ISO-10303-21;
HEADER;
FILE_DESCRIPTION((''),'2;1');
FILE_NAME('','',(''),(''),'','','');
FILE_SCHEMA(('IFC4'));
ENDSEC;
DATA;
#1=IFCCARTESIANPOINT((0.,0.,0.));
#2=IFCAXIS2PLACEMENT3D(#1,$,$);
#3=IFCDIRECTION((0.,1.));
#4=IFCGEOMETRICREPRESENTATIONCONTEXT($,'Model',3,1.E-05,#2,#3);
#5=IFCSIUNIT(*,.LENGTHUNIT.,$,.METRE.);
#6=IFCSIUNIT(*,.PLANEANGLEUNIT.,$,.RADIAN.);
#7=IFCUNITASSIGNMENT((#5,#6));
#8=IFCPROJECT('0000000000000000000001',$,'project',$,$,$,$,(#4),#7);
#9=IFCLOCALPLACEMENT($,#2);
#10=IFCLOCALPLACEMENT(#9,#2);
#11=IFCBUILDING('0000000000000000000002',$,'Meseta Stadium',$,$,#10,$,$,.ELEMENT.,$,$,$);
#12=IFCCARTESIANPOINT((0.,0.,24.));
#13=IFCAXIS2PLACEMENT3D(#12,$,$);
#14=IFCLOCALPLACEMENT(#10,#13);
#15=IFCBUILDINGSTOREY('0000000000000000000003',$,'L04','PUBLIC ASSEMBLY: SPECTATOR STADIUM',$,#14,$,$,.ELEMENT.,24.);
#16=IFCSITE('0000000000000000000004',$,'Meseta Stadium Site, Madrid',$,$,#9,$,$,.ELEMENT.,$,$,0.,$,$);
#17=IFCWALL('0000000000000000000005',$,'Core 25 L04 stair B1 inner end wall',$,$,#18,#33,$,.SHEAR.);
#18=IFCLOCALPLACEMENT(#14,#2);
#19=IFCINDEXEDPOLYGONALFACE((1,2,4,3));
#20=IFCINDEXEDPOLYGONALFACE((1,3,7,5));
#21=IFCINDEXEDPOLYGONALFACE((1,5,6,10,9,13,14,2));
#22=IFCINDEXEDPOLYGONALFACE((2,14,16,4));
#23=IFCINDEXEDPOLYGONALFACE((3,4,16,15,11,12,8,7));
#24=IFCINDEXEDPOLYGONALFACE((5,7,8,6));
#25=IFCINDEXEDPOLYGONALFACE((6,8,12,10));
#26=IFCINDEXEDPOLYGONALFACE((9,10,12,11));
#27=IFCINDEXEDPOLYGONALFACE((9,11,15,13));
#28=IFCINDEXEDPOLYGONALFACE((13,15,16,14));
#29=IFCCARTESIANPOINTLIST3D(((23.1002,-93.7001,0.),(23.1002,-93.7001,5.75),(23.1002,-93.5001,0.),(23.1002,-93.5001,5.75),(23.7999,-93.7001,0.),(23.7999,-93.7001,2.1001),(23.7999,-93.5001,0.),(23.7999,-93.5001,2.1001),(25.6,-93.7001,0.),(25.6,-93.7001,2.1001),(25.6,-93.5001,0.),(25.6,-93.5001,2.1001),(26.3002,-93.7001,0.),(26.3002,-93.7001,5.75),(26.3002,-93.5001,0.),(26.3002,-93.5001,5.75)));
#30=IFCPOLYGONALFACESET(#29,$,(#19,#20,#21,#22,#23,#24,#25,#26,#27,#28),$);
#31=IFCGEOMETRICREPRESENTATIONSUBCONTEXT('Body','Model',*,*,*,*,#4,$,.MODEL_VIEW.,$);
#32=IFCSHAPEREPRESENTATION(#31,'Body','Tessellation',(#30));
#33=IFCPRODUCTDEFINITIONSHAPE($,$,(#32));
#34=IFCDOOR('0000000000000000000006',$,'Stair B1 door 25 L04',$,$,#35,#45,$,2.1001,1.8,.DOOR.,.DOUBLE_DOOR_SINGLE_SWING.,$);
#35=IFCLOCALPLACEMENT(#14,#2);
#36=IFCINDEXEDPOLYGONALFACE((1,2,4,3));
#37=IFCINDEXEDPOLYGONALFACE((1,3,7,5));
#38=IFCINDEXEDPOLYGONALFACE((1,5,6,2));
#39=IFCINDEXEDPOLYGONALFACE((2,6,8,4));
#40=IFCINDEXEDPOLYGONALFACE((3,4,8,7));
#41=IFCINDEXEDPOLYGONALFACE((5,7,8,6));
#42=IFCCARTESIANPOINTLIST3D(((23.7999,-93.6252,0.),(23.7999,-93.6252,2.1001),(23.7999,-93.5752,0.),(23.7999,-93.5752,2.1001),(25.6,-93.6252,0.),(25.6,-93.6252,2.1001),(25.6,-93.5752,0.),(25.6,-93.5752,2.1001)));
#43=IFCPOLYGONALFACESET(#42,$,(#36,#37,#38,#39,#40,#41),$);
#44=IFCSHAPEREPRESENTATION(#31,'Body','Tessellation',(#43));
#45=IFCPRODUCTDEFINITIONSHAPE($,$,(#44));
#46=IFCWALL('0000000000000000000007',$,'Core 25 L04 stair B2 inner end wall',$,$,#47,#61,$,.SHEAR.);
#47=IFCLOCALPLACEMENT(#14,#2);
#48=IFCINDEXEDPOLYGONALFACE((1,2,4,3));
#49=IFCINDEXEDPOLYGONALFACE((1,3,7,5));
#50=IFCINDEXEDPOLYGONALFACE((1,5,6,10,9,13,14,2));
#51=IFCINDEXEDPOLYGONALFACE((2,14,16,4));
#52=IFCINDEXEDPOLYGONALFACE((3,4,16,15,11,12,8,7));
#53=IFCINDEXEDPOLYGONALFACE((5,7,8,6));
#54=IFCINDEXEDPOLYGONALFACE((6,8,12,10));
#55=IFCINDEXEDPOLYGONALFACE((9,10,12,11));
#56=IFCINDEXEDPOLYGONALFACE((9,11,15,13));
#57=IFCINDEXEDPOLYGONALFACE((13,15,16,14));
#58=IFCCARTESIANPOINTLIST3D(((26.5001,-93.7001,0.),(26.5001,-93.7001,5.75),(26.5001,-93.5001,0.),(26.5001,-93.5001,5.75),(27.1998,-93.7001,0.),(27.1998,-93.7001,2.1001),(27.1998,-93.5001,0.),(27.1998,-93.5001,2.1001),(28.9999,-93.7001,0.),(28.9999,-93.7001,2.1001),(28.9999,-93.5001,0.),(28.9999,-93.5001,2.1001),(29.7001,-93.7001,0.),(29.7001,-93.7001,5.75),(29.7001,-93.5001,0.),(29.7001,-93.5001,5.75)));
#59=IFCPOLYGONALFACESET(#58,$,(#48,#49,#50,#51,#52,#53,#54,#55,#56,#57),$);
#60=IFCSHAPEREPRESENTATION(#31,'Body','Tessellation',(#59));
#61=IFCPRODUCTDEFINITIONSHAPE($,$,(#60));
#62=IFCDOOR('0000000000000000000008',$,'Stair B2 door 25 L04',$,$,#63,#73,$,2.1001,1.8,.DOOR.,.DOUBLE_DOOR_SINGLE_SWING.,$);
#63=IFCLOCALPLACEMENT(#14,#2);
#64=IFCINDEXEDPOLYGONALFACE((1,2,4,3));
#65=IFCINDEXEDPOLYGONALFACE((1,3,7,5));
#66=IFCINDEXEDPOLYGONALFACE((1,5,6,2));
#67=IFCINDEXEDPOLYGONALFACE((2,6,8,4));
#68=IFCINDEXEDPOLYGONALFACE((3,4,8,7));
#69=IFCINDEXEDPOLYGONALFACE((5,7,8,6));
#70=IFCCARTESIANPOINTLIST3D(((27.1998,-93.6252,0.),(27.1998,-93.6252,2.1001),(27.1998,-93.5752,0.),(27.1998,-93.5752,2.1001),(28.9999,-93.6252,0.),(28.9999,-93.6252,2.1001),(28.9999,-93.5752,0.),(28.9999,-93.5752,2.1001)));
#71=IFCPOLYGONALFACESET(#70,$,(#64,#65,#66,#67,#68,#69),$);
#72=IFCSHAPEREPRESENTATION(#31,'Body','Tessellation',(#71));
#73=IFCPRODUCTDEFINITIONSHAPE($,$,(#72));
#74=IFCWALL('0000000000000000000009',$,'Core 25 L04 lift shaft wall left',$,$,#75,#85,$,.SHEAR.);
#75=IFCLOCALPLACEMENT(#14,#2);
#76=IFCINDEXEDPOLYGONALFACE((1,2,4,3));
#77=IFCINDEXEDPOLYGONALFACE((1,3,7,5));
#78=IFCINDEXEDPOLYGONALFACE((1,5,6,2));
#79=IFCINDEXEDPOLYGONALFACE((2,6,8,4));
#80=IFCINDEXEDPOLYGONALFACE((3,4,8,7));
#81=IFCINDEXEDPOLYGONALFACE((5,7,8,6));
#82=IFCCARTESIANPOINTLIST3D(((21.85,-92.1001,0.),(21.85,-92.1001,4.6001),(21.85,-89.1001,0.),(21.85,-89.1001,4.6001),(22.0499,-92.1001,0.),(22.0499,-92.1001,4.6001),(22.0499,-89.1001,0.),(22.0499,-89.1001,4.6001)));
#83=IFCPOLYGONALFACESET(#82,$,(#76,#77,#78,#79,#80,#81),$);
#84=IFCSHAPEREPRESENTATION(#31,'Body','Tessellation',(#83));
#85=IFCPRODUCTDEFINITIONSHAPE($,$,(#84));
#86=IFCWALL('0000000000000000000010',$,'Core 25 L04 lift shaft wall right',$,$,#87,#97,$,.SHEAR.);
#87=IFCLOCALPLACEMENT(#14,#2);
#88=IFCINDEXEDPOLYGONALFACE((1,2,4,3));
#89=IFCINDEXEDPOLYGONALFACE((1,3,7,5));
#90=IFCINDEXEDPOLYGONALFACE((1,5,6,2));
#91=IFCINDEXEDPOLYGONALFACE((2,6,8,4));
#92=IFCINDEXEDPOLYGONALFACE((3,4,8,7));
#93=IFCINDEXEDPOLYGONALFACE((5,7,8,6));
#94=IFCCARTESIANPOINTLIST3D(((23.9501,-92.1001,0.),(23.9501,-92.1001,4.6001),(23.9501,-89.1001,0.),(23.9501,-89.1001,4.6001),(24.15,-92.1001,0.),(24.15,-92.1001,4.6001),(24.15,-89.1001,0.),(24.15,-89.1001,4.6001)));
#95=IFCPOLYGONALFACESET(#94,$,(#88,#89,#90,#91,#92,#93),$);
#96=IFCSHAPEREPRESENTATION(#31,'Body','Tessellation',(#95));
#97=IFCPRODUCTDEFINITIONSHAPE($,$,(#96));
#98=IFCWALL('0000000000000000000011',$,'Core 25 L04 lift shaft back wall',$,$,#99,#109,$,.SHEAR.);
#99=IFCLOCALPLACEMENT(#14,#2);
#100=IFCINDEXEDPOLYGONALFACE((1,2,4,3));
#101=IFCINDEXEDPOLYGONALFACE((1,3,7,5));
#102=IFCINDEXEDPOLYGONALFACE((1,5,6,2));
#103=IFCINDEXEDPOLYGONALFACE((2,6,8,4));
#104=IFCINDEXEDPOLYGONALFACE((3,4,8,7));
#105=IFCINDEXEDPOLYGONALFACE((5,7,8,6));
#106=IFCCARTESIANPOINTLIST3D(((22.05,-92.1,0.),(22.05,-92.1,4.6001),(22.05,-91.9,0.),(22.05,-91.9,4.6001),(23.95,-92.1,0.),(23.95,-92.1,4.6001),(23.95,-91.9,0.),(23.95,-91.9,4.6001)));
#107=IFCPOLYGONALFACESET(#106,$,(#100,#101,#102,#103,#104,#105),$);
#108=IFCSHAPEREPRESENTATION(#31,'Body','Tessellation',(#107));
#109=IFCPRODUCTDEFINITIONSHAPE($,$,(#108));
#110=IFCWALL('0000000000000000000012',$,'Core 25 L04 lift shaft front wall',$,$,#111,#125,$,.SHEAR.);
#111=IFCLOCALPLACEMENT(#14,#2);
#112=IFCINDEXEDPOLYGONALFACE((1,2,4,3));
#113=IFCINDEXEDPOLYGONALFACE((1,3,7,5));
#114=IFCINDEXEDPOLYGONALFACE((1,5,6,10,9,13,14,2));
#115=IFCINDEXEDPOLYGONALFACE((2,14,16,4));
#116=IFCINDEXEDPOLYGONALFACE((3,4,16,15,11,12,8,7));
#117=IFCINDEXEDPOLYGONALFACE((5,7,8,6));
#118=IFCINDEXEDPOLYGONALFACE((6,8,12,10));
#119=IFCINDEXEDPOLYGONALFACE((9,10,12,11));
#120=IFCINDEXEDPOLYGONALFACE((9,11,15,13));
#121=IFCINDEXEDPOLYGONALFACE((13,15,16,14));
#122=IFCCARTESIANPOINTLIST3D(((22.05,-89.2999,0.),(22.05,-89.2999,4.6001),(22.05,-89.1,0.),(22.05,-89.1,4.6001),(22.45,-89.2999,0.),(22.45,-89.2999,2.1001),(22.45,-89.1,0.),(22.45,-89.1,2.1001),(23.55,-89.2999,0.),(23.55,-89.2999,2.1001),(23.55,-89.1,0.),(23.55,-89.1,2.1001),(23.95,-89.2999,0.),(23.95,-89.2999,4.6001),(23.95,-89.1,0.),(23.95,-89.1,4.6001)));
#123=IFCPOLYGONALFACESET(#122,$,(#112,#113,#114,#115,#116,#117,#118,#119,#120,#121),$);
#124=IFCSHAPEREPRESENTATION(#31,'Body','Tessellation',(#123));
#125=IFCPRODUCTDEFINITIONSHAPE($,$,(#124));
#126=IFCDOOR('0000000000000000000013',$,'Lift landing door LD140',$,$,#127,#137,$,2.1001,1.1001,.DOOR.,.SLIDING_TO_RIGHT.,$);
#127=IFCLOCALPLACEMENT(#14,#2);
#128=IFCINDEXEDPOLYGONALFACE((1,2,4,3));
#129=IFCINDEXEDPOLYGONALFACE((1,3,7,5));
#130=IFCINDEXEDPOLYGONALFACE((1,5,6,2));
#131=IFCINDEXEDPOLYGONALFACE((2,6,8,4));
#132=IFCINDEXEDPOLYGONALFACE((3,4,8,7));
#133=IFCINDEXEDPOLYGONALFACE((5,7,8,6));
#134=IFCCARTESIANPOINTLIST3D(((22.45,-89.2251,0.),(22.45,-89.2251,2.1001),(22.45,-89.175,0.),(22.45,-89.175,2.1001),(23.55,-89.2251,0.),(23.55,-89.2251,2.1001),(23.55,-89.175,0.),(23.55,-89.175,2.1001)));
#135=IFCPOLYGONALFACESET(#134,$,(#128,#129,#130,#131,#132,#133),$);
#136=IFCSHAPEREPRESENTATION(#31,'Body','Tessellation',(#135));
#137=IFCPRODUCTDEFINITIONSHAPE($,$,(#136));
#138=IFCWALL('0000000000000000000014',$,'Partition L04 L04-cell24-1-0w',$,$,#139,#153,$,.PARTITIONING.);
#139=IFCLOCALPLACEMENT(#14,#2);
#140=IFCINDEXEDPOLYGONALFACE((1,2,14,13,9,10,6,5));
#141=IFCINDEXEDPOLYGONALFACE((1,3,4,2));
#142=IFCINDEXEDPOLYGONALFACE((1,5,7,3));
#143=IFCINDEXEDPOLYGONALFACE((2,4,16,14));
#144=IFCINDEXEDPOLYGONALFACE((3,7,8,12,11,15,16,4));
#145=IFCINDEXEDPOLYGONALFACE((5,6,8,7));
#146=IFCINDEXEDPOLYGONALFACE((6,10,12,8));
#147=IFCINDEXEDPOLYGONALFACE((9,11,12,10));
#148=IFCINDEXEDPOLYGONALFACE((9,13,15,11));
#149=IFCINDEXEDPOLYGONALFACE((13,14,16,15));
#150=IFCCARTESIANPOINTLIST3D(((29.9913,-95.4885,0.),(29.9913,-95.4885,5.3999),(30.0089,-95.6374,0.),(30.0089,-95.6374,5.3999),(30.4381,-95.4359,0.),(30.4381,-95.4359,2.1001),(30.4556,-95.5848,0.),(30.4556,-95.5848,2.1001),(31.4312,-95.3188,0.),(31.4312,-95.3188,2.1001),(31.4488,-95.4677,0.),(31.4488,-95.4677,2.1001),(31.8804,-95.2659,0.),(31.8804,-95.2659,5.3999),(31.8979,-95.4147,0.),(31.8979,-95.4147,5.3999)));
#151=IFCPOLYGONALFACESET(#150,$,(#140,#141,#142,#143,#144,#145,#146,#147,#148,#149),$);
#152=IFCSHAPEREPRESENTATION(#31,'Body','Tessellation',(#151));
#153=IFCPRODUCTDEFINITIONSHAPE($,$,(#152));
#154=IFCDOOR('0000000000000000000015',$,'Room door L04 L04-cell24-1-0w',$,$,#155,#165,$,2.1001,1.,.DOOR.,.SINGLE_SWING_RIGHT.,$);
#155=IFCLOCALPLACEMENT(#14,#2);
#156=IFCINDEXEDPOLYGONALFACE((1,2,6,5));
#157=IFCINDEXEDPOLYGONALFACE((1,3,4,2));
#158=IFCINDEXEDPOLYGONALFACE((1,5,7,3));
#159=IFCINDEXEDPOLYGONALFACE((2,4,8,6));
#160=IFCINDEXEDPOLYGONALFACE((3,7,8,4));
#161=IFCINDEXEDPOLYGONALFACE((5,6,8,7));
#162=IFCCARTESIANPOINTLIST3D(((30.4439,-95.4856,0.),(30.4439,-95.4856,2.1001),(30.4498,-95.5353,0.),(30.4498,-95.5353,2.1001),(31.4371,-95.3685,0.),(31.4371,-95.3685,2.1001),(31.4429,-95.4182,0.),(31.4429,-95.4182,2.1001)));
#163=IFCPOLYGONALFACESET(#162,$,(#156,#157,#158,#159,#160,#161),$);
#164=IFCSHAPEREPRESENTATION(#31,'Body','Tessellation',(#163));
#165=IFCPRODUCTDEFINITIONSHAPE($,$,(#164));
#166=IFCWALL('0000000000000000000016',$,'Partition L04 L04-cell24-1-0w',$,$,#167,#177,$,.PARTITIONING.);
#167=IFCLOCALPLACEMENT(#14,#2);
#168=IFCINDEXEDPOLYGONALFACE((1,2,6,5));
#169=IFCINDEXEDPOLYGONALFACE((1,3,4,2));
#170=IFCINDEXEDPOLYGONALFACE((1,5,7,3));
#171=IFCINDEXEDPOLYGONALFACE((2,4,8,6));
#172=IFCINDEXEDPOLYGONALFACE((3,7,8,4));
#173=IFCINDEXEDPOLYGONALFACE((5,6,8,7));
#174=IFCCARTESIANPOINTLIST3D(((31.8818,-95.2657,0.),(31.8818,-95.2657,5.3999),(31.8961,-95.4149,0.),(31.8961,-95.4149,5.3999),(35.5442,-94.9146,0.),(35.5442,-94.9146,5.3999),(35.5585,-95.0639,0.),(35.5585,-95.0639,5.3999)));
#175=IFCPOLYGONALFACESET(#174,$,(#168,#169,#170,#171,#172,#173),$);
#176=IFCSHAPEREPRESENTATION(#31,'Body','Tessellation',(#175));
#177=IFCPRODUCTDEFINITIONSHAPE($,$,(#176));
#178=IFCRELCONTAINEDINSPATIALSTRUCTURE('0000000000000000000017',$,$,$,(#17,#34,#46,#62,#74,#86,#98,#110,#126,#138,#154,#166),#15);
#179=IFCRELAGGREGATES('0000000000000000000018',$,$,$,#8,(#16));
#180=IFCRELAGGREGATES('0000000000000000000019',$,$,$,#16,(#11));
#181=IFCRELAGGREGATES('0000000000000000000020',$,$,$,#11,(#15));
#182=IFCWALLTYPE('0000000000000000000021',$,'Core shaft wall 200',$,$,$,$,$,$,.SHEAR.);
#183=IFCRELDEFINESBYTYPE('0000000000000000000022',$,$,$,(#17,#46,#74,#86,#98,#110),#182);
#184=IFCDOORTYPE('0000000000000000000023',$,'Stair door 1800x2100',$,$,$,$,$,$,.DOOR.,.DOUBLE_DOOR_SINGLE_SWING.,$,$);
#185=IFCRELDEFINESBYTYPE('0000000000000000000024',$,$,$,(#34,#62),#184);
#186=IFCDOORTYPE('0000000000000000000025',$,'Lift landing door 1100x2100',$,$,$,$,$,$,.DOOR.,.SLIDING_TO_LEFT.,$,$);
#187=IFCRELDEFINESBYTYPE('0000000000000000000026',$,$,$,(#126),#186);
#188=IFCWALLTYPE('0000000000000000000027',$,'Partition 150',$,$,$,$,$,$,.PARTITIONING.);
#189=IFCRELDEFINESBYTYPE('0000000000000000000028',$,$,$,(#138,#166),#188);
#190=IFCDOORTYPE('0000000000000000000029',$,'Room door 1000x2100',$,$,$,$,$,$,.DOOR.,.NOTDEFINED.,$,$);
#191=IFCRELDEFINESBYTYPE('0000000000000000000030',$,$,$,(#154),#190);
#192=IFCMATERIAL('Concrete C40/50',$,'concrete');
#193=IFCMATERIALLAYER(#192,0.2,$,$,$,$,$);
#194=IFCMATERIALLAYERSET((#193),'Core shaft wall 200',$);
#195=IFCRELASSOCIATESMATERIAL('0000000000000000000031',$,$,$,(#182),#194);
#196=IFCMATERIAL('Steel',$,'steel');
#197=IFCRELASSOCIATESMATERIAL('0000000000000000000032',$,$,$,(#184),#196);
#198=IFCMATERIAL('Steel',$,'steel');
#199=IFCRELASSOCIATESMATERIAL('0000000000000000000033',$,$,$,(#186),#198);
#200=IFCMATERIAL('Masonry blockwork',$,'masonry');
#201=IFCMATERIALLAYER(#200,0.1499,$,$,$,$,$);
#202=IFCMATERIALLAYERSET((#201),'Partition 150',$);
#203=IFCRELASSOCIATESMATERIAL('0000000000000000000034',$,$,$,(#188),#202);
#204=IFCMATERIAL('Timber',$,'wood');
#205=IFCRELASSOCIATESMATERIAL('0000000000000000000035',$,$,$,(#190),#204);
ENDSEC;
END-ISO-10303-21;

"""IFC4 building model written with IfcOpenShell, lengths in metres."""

from ifc_helpers import new_model, si_unit, direction, frame, frame_2d, origin, place, context, subcontext, project, spatial, rectangle, extrude, material, layer, layer_set, type_object, element, fill, save


model = new_model("IFC4")

# Units and contexts
model_context = context("Model", 3, precision=1e-05, world=origin(), true_north=direction((0.0, 1.0)))
body_context = subcontext(model_context, "Body", "Model", "MODEL_VIEW")
ifc_project = project(units=[si_unit("LENGTHUNIT", "METRE"), si_unit("PLANEANGLEUNIT", "RADIAN")], contexts=[model_context])

# Site, building, storey
site_placement = place(None, origin())
site = spatial("IfcSite", under=ifc_project, at=site_placement, Name="Meseta Stadium Site, Madrid", CompositionType="ELEMENT", RefElevation=0.0)
building_placement = place(site_placement, origin())
building = spatial("IfcBuilding", under=site, at=building_placement, Name="Meseta Stadium", CompositionType="ELEMENT")
storey_placement = place(building_placement, frame((0.0, 0.0, 24.0)))
storey = spatial("IfcBuildingStorey", under=building, at=storey_placement, Name="L04", Description="PUBLIC ASSEMBLY: SPECTATOR STADIUM", CompositionType="ELEMENT", Elevation=24.0)

# Walls, openings, doors
ifc_material_1 = material(Name="Concrete C40/50", Category="concrete")
ifc_layer_1 = layer(ifc_material_1, 0.2)
ifc_layer_set_1 = layer_set([ifc_layer_1], Name="Core shaft wall 200")
wall_type_1 = type_object("IfcWallType", Name="Core shaft wall 200", PredefinedType="SHEAR", material=ifc_layer_set_1)
ifc_material_2 = material(Name="Steel", Category="steel")
door_type_1 = type_object("IfcDoorType", Name="Stair door 1800x2100", OperationType="DOUBLE_DOOR_SINGLE_SWING", PredefinedType="DOOR", material=ifc_material_2)
wall_1_placement = place(storey_placement, frame((23.1001, -93.6001, 0.0), z_axis=(0.0, 0.0, 1.0), x_axis=(1.0, 0.0, 0.0)))
wall_1 = element("IfcWall", 1, at=wall_1_placement, inside=storey, type_object=wall_type_1, Name="Core 25 L04 stair B1 inner end wall", PredefinedType="SHEAR", context=body_context, shape_type="SweptSolid", body=[
    extrude(rectangle(XDim=3.2, YDim=0.2, at=frame_2d((1.6001, 0.0))), origin(), (0.0, 0.0, 1.0), 5.75),
])
opening_1_placement = place(wall_1_placement, frame((0.7, 0.0, 0.0)))
opening_1 = element("IfcOpeningElement", 2, at=opening_1_placement, cuts=wall_1, PredefinedType="OPENING", context=body_context, shape_type="SweptSolid", body=[
    extrude(rectangle(XDim=1.8, YDim=2.1001, at=frame_2d((0.8999, 1.05))), frame((0.0, 0.1099, 0.0), z_axis=(0.0, -1.0, 0.0), x_axis=(1.0, 0.0, 0.0)), (0.0, 0.0, 1.0), 0.22),
])
door_1_placement = place(opening_1_placement, origin())
door_1 = element("IfcDoor", 3, at=door_1_placement, inside=storey, type_object=door_type_1, Name="Stair B1 door 25 L04", OperationType="DOUBLE_DOOR_SINGLE_SWING", OverallHeight=2.1001, OverallWidth=1.8, PredefinedType="DOOR", context=body_context, shape_type="SweptSolid", body=[
    extrude(rectangle(XDim=1.8, YDim=2.1001, at=frame_2d((0.8999, 1.05))), frame((0.0, 0.0249, 0.0), z_axis=(0.0, -1.0, 0.0), x_axis=(1.0, 0.0, 0.0)), (0.0, 0.0, 1.0), 0.05),
])
fill(opening_1, door_1)
wall_2_placement = place(storey_placement, frame((26.5, -93.6001, 0.0), z_axis=(0.0, 0.0, 1.0), x_axis=(1.0, 0.0, 0.0)))
wall_2 = element("IfcWall", 4, at=wall_2_placement, inside=storey, type_object=wall_type_1, Name="Core 25 L04 stair B2 inner end wall", PredefinedType="SHEAR", context=body_context, shape_type="SweptSolid", body=[
    extrude(rectangle(XDim=3.2, YDim=0.2, at=frame_2d((1.6001, 0.0))), origin(), (0.0, 0.0, 1.0), 5.75),
])
opening_2_placement = place(wall_2_placement, frame((0.7, 0.0, 0.0)))
opening_2 = element("IfcOpeningElement", 5, at=opening_2_placement, cuts=wall_2, PredefinedType="OPENING", context=body_context, shape_type="SweptSolid", body=[
    extrude(rectangle(XDim=1.8, YDim=2.1001, at=frame_2d((0.8999, 1.05))), frame((0.0, 0.1099, 0.0), z_axis=(0.0, -1.0, 0.0), x_axis=(1.0, 0.0, 0.0)), (0.0, 0.0, 1.0), 0.22),
])
door_2_placement = place(opening_2_placement, origin())
door_2 = element("IfcDoor", 6, at=door_2_placement, inside=storey, type_object=door_type_1, Name="Stair B2 door 25 L04", OperationType="DOUBLE_DOOR_SINGLE_SWING", OverallHeight=2.1001, OverallWidth=1.8, PredefinedType="DOOR", context=body_context, shape_type="SweptSolid", body=[
    extrude(rectangle(XDim=1.8, YDim=2.1001, at=frame_2d((0.8999, 1.05))), frame((0.0, 0.0249, 0.0), z_axis=(0.0, -1.0, 0.0), x_axis=(1.0, 0.0, 0.0)), (0.0, 0.0, 1.0), 0.05),
])
fill(opening_2, door_2)

# Walls
for number, where, z_axis, x_axis, name in (
    (7, (21.95, -92.1001, 0.0), (0.0, 0.0, 1.0), (0.0, 1.0, 0.0), "Core 25 L04 lift shaft wall left"),
    (8, (24.05, -92.1001, 0.0), (0.0, 0.0, 1.0), (0.0, 1.0, 0.0), "Core 25 L04 lift shaft wall right"),
):
    element("IfcWall", number, at=place(storey_placement, frame(where, z_axis=z_axis, x_axis=x_axis)), inside=storey, type_object=wall_type_1, Name=name, PredefinedType="SHEAR", context=body_context, shape_type="SweptSolid", body=[
        extrude(rectangle(XDim=3.0, YDim=0.2, at=frame_2d((1.5, 0.0))), origin(), (0.0, 0.0, 1.0), 4.6001),
    ])
wall_3_placement = place(storey_placement, frame((22.05, -92.0, 0.0), z_axis=(0.0, 0.0, 1.0), x_axis=(1.0, 0.0, 0.0)))
element("IfcWall", 9, at=wall_3_placement, inside=storey, type_object=wall_type_1, Name="Core 25 L04 lift shaft back wall", PredefinedType="SHEAR", context=body_context, shape_type="SweptSolid", body=[
    extrude(rectangle(XDim=1.8999, YDim=0.2, at=frame_2d((0.95, 0.0))), origin(), (0.0, 0.0, 1.0), 4.6001),
])

# Walls, openings, doors
wall_4_placement = place(storey_placement, frame((22.05, -89.2, 0.0), z_axis=(0.0, 0.0, 1.0), x_axis=(1.0, 0.0, 0.0)))
wall_4 = element("IfcWall", 10, at=wall_4_placement, inside=storey, type_object=wall_type_1, Name="Core 25 L04 lift shaft front wall", PredefinedType="SHEAR", context=body_context, shape_type="SweptSolid", body=[
    extrude(rectangle(XDim=1.8999, YDim=0.2, at=frame_2d((0.95, 0.0))), origin(), (0.0, 0.0, 1.0), 4.6001),
])
opening_3_placement = place(wall_4_placement, frame((0.3999, 0.0, 0.0)))
opening_3 = element("IfcOpeningElement", 11, at=opening_3_placement, cuts=wall_4, PredefinedType="OPENING", context=body_context, shape_type="SweptSolid", body=[
    extrude(rectangle(XDim=1.1001, YDim=2.1001, at=frame_2d((0.55, 1.05))), frame((0.0, 0.1099, 0.0), z_axis=(0.0, -1.0, 0.0), x_axis=(1.0, 0.0, 0.0)), (0.0, 0.0, 1.0), 0.22),
])
ifc_material_3 = material(Name="Steel", Category="steel")
door_type_2 = type_object("IfcDoorType", Name="Lift landing door 1100x2100", OperationType="SLIDING_TO_LEFT", PredefinedType="DOOR", material=ifc_material_3)
door_3_placement = place(opening_3_placement, origin())
door_3 = element("IfcDoor", 12, at=door_3_placement, inside=storey, type_object=door_type_2, Name="Lift landing door LD140", OperationType="SLIDING_TO_RIGHT", OverallHeight=2.1001, OverallWidth=1.1001, PredefinedType="DOOR", context=body_context, shape_type="SweptSolid", body=[
    extrude(rectangle(XDim=1.1001, YDim=2.1001, at=frame_2d((0.55, 1.05))), frame((0.0, 0.0249, 0.0), z_axis=(0.0, -1.0, 0.0), x_axis=(1.0, 0.0, 0.0)), (0.0, 0.0, 1.0), 0.05),
])
fill(opening_3, door_3)
ifc_material_4 = material(Name="Masonry blockwork", Category="masonry")
ifc_layer_2 = layer(ifc_material_4, 0.1499)
ifc_layer_set_2 = layer_set([ifc_layer_2], Name="Partition 150")
wall_type_2 = type_object("IfcWallType", Name="Partition 150", PredefinedType="PARTITIONING", material=ifc_layer_set_2)
wall_5_placement = place(storey_placement, frame((30.0, -95.563, 0.0), z_axis=(0.0, 0.0, 1.0), x_axis=(0.993124, 0.117065, 0.0)))
wall_5 = element("IfcWall", 13, at=wall_5_placement, inside=storey, type_object=wall_type_2, Name="Partition L04 L04-cell24-1-0w", PredefinedType="PARTITIONING", context=body_context, shape_type="SweptSolid", body=[
    extrude(rectangle(XDim=1.9021, YDim=0.1499, at=frame_2d((0.9512, 0.0))), origin(), (0.0, 0.0, 1.0), 5.3999),
])
opening_4_placement = place(wall_5_placement, frame((0.45, 0.0, 0.0)))
opening_4 = element("IfcOpeningElement", 14, at=opening_4_placement, cuts=wall_5, PredefinedType="OPENING", context=body_context, shape_type="SweptSolid", body=[
    extrude(rectangle(XDim=1.0, YDim=2.1001, at=frame_2d((0.5, 1.05))), frame((0.0, 0.085, 0.0), z_axis=(0.0, -1.0, 0.0), x_axis=(1.0, 0.0, 0.0)), (0.0, 0.0, 1.0), 0.1699),
])
ifc_material_5 = material(Name="Timber", Category="wood")
door_type_3 = type_object("IfcDoorType", Name="Room door 1000x2100", OperationType="NOTDEFINED", PredefinedType="DOOR", material=ifc_material_5)
door_4_placement = place(opening_4_placement, origin())
door_4 = element("IfcDoor", 15, at=door_4_placement, inside=storey, type_object=door_type_3, Name="Room door L04 L04-cell24-1-0w", OperationType="SINGLE_SWING_RIGHT", OverallHeight=2.1001, OverallWidth=1.0, PredefinedType="DOOR", context=body_context, shape_type="SweptSolid", body=[
    extrude(rectangle(XDim=1.0, YDim=2.1001, at=frame_2d((0.5, 1.05))), frame((0.0, 0.0249, 0.0), z_axis=(0.0, -1.0, 0.0), x_axis=(1.0, 0.0, 0.0)), (0.0, 0.0, 1.0), 0.05),
])
fill(opening_4, door_4)

# Wall
wall_6_placement = place(storey_placement, frame((31.8889, -95.3403, 0.0), z_axis=(0.0, 0.0, 1.0), x_axis=(0.995437, 0.095423, 0.0)))
element("IfcWall", 16, at=wall_6_placement, inside=storey, type_object=wall_type_2, Name="Partition L04 L04-cell24-1-0w", PredefinedType="PARTITIONING", context=body_context, shape_type="SweptSolid", body=[
    extrude(rectangle(XDim=3.6792, YDim=0.1499, at=frame_2d((1.8396, 0.0))), origin(), (0.0, 0.0, 1.0), 5.3999),
])

save(model, "model.ifc")
